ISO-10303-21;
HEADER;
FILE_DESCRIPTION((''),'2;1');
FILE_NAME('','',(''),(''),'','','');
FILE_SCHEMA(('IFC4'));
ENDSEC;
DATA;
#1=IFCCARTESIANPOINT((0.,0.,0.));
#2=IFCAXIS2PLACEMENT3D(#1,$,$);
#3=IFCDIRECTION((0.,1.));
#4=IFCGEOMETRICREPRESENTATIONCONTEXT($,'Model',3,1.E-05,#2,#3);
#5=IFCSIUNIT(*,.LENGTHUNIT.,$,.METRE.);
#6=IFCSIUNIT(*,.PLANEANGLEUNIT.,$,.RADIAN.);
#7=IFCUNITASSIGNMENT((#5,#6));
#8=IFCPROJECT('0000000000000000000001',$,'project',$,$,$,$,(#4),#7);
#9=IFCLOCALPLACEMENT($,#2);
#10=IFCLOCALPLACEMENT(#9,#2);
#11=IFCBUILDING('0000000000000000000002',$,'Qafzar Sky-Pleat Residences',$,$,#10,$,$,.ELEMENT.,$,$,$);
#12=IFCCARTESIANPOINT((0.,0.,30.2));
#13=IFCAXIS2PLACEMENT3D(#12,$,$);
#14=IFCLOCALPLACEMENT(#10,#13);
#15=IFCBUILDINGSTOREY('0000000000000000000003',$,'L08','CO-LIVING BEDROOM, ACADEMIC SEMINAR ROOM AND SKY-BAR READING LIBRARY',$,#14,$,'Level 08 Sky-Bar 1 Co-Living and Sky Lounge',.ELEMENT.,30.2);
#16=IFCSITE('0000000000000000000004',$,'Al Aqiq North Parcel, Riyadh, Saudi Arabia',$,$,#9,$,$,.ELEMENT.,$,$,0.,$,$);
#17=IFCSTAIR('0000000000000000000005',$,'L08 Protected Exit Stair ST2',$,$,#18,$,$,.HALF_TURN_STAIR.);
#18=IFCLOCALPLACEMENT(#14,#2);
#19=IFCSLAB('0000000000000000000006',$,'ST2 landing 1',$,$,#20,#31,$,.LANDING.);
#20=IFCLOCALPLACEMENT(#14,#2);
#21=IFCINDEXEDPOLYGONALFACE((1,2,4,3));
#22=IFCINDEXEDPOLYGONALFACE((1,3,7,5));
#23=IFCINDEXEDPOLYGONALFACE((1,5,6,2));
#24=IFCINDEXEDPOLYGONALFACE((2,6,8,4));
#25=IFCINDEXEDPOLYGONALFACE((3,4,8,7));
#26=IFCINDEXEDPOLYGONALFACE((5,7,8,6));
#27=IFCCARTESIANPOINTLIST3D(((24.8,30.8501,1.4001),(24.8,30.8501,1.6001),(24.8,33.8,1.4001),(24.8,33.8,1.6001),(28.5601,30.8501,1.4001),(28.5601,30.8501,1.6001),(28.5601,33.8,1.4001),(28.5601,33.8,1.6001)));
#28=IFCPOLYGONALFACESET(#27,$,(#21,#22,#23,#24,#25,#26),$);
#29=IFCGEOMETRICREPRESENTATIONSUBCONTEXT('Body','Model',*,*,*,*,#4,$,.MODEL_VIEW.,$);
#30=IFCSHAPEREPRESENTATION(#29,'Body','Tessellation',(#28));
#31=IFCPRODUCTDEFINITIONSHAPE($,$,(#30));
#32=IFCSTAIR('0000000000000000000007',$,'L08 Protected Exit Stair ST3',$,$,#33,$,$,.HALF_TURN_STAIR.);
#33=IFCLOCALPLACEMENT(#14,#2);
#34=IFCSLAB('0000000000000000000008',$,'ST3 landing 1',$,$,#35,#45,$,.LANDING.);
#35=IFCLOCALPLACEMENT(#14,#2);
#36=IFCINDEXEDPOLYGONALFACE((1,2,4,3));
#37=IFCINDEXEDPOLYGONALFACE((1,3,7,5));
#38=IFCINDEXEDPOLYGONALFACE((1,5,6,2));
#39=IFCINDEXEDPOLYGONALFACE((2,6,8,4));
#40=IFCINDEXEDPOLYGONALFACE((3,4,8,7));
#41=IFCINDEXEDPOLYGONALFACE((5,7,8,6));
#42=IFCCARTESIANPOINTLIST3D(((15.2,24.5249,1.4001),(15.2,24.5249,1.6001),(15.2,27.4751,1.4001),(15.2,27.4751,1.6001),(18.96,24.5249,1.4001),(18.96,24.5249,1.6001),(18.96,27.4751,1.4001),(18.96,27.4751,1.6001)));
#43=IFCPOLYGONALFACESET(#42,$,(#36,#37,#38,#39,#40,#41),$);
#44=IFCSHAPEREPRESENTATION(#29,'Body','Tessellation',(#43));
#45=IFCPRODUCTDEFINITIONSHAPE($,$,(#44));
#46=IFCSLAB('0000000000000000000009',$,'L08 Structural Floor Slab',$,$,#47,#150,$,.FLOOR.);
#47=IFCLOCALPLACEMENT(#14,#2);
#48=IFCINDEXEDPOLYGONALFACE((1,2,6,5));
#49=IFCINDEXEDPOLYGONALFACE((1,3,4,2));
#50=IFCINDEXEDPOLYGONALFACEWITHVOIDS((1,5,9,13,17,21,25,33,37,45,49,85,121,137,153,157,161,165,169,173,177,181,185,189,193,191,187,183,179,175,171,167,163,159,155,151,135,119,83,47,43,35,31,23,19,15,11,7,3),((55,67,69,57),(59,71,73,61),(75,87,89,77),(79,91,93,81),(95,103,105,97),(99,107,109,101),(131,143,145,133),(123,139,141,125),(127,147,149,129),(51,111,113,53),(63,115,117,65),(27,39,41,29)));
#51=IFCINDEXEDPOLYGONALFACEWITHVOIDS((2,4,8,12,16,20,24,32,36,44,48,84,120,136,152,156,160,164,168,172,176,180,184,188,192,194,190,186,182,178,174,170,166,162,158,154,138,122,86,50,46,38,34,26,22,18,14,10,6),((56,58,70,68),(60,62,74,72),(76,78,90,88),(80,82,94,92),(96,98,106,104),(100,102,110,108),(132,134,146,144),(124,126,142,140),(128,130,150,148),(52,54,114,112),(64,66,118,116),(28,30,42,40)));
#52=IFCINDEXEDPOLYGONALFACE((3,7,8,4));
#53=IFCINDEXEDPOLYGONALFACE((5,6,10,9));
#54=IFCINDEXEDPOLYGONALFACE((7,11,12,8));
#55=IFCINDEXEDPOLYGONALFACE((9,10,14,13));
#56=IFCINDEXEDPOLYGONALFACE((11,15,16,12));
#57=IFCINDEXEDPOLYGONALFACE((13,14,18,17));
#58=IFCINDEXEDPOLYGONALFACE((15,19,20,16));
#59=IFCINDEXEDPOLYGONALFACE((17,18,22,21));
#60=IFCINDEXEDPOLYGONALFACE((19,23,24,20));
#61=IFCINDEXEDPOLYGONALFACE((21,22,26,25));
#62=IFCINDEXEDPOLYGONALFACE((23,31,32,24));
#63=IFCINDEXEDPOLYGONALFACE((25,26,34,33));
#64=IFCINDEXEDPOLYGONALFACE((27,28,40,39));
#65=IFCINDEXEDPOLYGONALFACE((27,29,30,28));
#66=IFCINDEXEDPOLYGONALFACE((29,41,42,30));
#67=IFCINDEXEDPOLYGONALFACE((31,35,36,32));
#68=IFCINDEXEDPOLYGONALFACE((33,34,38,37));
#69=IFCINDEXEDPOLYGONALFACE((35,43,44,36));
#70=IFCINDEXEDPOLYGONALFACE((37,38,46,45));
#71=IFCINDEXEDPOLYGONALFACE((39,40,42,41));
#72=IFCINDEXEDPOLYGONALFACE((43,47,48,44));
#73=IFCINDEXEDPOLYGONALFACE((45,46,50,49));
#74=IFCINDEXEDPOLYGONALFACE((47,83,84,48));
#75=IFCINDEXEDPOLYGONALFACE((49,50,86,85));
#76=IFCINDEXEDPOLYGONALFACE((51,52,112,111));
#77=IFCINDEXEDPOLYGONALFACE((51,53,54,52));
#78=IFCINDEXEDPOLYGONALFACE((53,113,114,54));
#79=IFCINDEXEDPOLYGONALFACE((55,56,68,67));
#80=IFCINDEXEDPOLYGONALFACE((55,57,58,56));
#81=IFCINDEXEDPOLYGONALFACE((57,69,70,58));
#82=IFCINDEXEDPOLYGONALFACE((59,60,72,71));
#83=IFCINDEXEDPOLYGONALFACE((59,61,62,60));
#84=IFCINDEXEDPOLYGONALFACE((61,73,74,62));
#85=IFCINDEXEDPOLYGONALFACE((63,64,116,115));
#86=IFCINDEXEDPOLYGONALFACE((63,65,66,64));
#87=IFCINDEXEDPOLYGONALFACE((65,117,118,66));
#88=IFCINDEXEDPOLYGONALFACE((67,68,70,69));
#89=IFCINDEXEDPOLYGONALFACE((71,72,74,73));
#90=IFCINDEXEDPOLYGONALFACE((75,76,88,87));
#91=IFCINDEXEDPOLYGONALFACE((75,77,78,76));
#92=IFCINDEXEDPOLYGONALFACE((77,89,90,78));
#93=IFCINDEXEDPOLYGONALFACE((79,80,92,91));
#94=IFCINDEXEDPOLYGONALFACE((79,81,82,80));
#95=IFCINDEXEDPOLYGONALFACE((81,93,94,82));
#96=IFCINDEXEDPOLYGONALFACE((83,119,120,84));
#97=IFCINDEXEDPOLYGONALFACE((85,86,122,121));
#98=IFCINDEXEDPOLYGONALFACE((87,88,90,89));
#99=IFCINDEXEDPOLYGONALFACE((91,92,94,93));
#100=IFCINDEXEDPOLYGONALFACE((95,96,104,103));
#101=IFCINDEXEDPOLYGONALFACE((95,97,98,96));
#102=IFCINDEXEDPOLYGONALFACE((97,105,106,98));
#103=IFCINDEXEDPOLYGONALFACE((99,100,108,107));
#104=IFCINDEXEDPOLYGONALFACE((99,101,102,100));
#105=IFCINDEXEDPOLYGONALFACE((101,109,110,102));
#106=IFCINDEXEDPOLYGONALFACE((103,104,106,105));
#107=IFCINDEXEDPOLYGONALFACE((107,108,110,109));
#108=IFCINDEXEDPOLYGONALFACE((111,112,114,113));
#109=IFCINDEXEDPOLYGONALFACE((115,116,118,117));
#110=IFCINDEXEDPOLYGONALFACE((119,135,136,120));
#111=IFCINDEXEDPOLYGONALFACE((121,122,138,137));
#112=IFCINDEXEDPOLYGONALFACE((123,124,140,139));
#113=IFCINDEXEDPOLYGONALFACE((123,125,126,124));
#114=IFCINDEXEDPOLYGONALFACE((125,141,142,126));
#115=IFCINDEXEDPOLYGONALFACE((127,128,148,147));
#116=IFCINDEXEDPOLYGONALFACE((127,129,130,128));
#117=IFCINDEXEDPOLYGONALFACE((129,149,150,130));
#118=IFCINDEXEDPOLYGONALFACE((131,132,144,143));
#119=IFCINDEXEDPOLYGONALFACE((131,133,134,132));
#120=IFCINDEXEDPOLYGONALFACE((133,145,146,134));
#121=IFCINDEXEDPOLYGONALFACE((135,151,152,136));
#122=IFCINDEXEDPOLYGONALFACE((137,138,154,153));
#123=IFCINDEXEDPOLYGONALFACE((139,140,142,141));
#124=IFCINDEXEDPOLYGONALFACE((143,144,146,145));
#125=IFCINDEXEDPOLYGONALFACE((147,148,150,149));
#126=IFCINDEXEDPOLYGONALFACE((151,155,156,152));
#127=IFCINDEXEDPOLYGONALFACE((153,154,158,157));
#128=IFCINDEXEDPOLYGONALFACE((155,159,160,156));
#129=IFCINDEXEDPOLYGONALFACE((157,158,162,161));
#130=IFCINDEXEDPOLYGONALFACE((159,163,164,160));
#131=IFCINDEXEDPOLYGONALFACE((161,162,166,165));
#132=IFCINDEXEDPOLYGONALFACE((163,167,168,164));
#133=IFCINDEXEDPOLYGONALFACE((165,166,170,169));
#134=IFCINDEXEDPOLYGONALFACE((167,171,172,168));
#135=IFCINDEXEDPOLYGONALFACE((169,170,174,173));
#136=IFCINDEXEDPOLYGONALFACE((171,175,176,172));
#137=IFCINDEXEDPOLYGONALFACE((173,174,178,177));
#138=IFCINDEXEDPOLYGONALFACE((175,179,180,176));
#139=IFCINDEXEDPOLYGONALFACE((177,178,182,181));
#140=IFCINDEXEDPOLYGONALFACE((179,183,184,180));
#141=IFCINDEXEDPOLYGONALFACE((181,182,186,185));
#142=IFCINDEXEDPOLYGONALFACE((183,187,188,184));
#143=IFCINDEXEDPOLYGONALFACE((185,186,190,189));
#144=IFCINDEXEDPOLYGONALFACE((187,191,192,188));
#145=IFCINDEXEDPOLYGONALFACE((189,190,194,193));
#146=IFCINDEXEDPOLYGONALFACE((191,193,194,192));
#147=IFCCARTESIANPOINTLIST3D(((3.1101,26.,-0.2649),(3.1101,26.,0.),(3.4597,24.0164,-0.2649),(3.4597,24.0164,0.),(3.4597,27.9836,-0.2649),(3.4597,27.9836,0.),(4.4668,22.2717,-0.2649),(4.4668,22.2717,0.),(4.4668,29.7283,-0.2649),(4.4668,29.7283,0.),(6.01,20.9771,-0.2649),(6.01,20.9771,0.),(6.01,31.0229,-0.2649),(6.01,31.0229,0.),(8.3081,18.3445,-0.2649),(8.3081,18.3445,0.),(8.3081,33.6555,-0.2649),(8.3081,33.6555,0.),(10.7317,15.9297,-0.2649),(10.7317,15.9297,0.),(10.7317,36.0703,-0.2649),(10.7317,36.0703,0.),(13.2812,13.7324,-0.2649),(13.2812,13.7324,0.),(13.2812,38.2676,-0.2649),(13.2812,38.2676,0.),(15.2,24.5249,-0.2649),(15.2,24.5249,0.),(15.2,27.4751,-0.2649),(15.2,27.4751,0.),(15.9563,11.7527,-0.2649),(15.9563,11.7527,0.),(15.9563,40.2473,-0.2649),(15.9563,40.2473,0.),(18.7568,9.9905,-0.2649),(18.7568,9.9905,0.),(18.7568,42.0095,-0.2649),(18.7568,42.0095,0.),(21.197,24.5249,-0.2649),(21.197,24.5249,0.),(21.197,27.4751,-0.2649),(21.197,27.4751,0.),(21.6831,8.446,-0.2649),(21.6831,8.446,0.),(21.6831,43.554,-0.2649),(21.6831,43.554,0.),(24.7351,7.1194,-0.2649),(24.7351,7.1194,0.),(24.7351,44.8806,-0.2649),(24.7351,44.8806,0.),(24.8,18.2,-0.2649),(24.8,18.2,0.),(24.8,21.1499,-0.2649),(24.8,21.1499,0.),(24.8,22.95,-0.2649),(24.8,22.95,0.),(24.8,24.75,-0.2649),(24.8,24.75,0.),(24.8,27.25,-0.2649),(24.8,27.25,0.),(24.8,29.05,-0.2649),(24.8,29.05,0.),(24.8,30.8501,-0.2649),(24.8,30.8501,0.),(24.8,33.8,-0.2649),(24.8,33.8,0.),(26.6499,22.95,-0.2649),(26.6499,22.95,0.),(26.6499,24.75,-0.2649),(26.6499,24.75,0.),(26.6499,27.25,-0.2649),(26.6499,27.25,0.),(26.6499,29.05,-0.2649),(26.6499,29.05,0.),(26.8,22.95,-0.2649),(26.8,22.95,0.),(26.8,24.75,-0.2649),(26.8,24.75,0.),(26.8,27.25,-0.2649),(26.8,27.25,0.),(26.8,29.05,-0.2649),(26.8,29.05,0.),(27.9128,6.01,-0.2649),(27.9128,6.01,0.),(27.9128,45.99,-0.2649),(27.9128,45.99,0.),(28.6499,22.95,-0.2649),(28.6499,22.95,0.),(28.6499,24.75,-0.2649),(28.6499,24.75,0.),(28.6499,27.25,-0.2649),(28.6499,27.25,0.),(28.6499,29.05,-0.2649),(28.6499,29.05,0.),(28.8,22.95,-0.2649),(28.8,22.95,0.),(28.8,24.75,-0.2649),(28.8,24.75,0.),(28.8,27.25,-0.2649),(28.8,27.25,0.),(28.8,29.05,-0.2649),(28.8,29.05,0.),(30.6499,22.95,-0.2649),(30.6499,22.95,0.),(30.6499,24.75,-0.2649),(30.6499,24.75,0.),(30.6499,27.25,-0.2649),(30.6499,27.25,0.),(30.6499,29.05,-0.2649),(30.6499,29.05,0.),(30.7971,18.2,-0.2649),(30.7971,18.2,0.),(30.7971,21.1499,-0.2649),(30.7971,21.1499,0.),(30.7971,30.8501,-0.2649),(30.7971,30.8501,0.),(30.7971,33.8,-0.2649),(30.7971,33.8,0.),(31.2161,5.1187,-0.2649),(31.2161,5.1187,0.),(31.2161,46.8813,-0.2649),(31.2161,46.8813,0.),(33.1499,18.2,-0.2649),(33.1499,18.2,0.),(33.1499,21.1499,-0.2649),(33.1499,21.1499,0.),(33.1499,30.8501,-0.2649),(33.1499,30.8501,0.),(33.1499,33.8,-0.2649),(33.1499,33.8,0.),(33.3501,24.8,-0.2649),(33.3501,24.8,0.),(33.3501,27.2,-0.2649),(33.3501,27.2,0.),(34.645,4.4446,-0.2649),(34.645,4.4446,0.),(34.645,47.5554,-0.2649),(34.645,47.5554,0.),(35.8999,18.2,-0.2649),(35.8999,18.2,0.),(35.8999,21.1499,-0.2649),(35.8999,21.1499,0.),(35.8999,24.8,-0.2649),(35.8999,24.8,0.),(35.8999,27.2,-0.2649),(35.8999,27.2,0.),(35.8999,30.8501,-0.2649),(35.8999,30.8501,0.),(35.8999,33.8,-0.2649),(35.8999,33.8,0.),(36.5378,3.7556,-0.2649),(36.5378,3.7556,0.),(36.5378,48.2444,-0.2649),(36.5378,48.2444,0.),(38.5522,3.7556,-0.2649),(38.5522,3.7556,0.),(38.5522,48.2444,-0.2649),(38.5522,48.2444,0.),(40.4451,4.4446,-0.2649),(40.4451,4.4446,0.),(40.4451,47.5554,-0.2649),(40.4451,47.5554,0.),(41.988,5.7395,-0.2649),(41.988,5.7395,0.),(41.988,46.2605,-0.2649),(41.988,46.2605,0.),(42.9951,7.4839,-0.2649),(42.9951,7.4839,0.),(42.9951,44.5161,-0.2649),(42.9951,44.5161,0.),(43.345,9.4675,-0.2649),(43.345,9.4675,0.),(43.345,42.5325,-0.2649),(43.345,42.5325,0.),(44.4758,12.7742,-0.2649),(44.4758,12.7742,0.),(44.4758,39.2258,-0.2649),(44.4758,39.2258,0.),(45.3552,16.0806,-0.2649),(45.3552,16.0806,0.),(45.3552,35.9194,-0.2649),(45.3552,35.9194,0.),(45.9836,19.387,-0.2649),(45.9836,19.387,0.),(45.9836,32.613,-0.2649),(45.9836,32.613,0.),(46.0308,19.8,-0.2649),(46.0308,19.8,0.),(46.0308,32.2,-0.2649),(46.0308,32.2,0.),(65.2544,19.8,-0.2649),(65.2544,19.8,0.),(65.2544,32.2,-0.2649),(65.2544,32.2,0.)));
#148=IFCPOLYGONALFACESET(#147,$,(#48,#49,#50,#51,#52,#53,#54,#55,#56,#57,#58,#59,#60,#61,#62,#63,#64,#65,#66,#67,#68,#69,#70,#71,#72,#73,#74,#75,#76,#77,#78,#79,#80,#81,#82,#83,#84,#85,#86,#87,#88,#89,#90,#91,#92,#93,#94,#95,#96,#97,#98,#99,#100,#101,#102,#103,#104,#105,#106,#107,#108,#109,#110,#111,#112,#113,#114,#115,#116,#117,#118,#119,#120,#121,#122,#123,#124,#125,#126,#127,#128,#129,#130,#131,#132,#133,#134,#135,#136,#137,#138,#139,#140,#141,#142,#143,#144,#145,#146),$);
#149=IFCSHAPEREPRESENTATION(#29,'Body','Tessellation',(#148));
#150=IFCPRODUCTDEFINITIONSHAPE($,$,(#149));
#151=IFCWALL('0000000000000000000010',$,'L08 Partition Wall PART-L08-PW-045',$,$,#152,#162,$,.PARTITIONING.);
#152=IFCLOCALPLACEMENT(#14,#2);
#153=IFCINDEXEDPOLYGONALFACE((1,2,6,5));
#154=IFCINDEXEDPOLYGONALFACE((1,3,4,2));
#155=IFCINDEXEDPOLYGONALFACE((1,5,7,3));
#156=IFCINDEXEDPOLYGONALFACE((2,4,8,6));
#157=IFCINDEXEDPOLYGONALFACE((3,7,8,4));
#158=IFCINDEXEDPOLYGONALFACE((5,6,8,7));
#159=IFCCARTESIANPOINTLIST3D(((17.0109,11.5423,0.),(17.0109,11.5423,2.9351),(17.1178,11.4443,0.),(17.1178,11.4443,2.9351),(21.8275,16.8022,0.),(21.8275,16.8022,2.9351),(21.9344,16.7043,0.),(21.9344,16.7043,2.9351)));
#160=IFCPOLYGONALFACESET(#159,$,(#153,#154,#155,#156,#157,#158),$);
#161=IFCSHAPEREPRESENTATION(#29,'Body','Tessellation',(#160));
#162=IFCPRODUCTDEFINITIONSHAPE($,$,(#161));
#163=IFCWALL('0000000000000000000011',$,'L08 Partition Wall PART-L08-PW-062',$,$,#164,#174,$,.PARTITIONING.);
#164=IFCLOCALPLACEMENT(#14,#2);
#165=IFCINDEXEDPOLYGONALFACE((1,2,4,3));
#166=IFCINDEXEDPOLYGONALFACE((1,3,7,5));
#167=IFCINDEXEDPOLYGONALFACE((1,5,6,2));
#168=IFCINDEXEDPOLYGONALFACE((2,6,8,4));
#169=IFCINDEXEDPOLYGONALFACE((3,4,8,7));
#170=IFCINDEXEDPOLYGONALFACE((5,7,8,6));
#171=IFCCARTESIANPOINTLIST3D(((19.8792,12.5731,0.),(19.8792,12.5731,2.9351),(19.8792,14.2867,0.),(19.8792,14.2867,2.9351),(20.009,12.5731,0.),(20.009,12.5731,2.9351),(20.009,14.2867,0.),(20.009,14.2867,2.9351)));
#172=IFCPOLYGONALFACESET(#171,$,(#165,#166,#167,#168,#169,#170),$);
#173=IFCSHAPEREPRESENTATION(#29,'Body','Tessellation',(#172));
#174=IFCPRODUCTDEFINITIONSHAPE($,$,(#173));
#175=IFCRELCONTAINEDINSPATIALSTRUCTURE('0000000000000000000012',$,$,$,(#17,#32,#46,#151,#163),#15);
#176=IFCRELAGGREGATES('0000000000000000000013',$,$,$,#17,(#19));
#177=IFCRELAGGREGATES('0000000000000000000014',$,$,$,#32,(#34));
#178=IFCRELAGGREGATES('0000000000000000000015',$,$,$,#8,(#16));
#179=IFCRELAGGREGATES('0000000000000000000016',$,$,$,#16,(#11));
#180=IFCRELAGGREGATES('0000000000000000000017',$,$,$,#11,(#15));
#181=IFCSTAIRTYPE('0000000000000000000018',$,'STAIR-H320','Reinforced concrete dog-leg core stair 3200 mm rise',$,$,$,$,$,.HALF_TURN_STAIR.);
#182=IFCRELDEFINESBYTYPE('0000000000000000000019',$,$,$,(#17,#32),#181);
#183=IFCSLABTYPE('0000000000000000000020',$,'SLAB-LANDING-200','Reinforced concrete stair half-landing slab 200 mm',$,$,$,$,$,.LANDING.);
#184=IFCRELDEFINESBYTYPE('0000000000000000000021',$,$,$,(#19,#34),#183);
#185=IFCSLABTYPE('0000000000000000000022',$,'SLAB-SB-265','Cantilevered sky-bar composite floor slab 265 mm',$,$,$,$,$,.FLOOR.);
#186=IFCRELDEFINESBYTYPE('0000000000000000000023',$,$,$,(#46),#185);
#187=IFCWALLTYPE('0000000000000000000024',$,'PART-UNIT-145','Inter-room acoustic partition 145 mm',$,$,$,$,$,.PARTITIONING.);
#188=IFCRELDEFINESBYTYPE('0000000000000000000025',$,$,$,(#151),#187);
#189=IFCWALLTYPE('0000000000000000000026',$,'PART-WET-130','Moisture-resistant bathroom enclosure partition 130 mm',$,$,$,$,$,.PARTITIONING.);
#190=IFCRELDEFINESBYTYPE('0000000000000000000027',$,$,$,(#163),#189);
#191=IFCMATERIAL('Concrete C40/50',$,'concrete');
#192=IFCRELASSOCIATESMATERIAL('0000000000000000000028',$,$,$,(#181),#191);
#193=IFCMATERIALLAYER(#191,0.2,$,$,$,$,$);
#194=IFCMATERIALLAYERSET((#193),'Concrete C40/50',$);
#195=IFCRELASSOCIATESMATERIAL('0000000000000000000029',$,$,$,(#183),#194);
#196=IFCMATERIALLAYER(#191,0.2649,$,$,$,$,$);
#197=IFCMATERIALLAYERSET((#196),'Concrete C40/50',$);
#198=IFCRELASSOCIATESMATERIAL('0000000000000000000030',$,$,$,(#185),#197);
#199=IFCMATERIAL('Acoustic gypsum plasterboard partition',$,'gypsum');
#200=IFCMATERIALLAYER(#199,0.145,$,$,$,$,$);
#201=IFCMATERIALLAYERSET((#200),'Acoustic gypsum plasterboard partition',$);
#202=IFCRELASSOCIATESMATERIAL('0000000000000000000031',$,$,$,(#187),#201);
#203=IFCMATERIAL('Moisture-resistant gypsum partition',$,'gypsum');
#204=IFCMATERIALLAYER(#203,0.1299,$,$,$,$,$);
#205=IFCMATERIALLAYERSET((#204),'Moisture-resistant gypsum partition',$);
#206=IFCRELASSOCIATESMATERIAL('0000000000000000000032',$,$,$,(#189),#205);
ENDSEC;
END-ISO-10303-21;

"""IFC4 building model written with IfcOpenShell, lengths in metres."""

from ifc_helpers import new_model, si_unit, direction, frame, frame_2d, origin, place, context, subcontext, project, spatial, polyline, rectangle, outline, extrude, material, layer, layer_set, type_object, element, aggregate, save


model = new_model("IFC4")

# Units and contexts
model_context = context("Model", 3, precision=1e-05, world=origin(), true_north=direction((0.0, 1.0)))
body_context = subcontext(model_context, "Body", "Model", "MODEL_VIEW")
ifc_project = project(units=[si_unit("LENGTHUNIT", "METRE"), si_unit("PLANEANGLEUNIT", "RADIAN")], contexts=[model_context])

# Site, building, storey
site_placement = place(None, origin())
site = spatial("IfcSite", under=ifc_project, at=site_placement, Name="Al Aqiq North Parcel, Riyadh, Saudi Arabia", CompositionType="ELEMENT", RefElevation=0.0)
building_placement = place(site_placement, origin())
building = spatial("IfcBuilding", under=site, at=building_placement, Name="Qafzar Sky-Pleat Residences", CompositionType="ELEMENT")
storey_placement = place(building_placement, frame((0.0, 0.0, 30.2)))
storey = spatial("IfcBuildingStorey", under=building, at=storey_placement, Name="L08", Description="CO-LIVING BEDROOM, ACADEMIC SEMINAR ROOM AND SKY-BAR READING LIBRARY", LongName="Level 08 Sky-Bar 1 Co-Living and Sky Lounge", CompositionType="ELEMENT", Elevation=30.2)

# Shared definitions
ifc_material_1 = material(Name="Concrete C40/50", Category="concrete")

# Stairs, slabs
stair_type = type_object("IfcStairType", Name="STAIR-H320", Description="Reinforced concrete dog-leg core stair 3200 mm rise", PredefinedType="HALF_TURN_STAIR", material=ifc_material_1)
ifc_layer_1 = layer(ifc_material_1, 0.2)
ifc_layer_set_1 = layer_set([ifc_layer_1], Name="Concrete C40/50")
slab_type_1 = type_object("IfcSlabType", Name="SLAB-LANDING-200", Description="Reinforced concrete stair half-landing slab 200 mm", PredefinedType="LANDING", material=ifc_layer_set_1)
stair_1_placement = place(storey_placement, origin())
stair_1 = element("IfcStair", 1, at=stair_1_placement, inside=storey, type_object=stair_type, Name="L08 Protected Exit Stair ST2", PredefinedType="HALF_TURN_STAIR")
slab_1_placement = place(storey_placement, frame((0.0, 0.0, 1.4001)))
slab_1 = element("IfcSlab", 2, at=slab_1_placement, type_object=slab_type_1, Name="ST2 landing 1", PredefinedType="LANDING", context=body_context, shape_type="SweptSolid", body=[
    extrude(outline(polyline([(28.5601, 33.8), (24.8, 33.8), (24.8, 30.8501), (28.5601, 30.8501), (28.5601, 33.8)])), origin(), (0.0, 0.0, 1.0), 0.2),
])
aggregate(stair_1, [slab_1])
stair_2_placement = place(storey_placement, origin())
stair_2 = element("IfcStair", 3, at=stair_2_placement, inside=storey, type_object=stair_type, Name="L08 Protected Exit Stair ST3", PredefinedType="HALF_TURN_STAIR")
slab_2_placement = place(storey_placement, frame((0.0, 0.0, 1.4001)))
slab_2 = element("IfcSlab", 4, at=slab_2_placement, type_object=slab_type_1, Name="ST3 landing 1", PredefinedType="LANDING", context=body_context, shape_type="SweptSolid", body=[
    extrude(outline(polyline([(18.96, 27.4751), (15.2, 27.4751), (15.2, 24.5249), (18.96, 24.5249), (18.96, 27.4751)])), origin(), (0.0, 0.0, 1.0), 0.2),
])
aggregate(stair_2, [slab_2])

# Slab
ifc_layer_2 = layer(ifc_material_1, 0.2649)
ifc_layer_set_2 = layer_set([ifc_layer_2], Name="Concrete C40/50")
slab_type_2 = type_object("IfcSlabType", Name="SLAB-SB-265", Description="Cantilevered sky-bar composite floor slab 265 mm", PredefinedType="FLOOR", material=ifc_layer_set_2)
slab_3_placement = place(storey_placement, frame((0.0, 0.0, -0.2649)))
element("IfcSlab", 5, at=slab_3_placement, inside=storey, type_object=slab_type_2, Name="L08 Structural Floor Slab", PredefinedType="FLOOR", context=body_context, shape_type="SweptSolid", body=[
    extrude(outline(polyline([(45.9836, 19.387), (45.3552, 16.0806), (44.4758, 12.7742), (43.345, 9.4675), (42.9951, 7.4839), (41.988, 5.7395), (40.4451, 4.4446), (38.5522, 3.7556), (36.5378, 3.7556), (34.645, 4.4446), (31.2161, 5.1187), (27.9128, 6.01), (24.7351, 7.1194), (21.6831, 8.446), (18.7568, 9.9905), (15.9563, 11.7527), (13.2812, 13.7324), (10.7317, 15.9297), (8.3081, 18.3445), (6.01, 20.9771), (4.4668, 22.2717), (3.4597, 24.0164), (3.1101, 26.0), (3.4597, 27.9836), (4.4668, 29.7283), (6.01, 31.0229), (8.3081, 33.6555), (10.7317, 36.0703), (13.2812, 38.2676), (15.9563, 40.2473), (18.7568, 42.0095), (21.6831, 43.554), (24.7351, 44.8806), (27.9128, 45.99), (31.2161, 46.8813), (34.645, 47.5554), (36.5378, 48.2444), (38.5522, 48.2444), (40.4451, 47.5554), (41.988, 46.2605), (42.9951, 44.5161), (43.345, 42.5325), (44.4758, 39.2258), (45.3552, 35.9194), (45.9836, 32.613), (46.0308, 32.2), (65.2544, 32.2), (65.2544, 19.8), (46.0308, 19.8), (45.9836, 19.387)]), holes=[polyline([(30.7971, 21.1499), (24.8, 21.1499), (24.8, 18.2), (30.7971, 18.2), (30.7971, 21.1499)]), polyline([(30.7971, 33.8), (24.8, 33.8), (24.8, 30.8501), (30.7971, 30.8501), (30.7971, 33.8)]), polyline([(21.197, 27.4751), (15.2, 27.4751), (15.2, 24.5249), (21.197, 24.5249), (21.197, 27.4751)]), polyline([(24.8, 22.95), (26.6499, 22.95), (26.6499, 24.75), (24.8, 24.75), (24.8, 22.95)]), polyline([(26.8, 22.95), (28.6499, 22.95), (28.6499, 24.75), (26.8, 24.75), (26.8, 22.95)]), polyline([(28.8, 22.95), (30.6499, 22.95), (30.6499, 24.75), (28.8, 24.75), (28.8, 22.95)]), polyline([(24.8, 27.25), (26.6499, 27.25), (26.6499, 29.05), (24.8, 29.05), (24.8, 27.25)]), polyline([(26.8, 27.25), (28.6499, 27.25), (28.6499, 29.05), (26.8, 29.05), (26.8, 27.25)]), polyline([(28.8, 27.25), (30.6499, 27.25), (30.6499, 29.05), (28.8, 29.05), (28.8, 27.25)]), polyline([(33.1499, 18.2), (35.8999, 18.2), (35.8999, 21.1499), (33.1499, 21.1499), (33.1499, 18.2)]), polyline([(33.1499, 30.8501), (35.8999, 30.8501), (35.8999, 33.8), (33.1499, 33.8), (33.1499, 30.8501)]), polyline([(33.3501, 24.8), (35.8999, 24.8), (35.8999, 27.2), (33.3501, 27.2), (33.3501, 24.8)])]), origin(), (0.0, 0.0, 1.0), 0.2649),
])

# Walls
ifc_material_2 = material(Name="Acoustic gypsum plasterboard partition", Category="gypsum")
ifc_layer_3 = layer(ifc_material_2, 0.145)
ifc_layer_set_3 = layer_set([ifc_layer_3], Name="Acoustic gypsum plasterboard partition")
wall_type_1 = type_object("IfcWallType", Name="PART-UNIT-145", Description="Inter-room acoustic partition 145 mm", PredefinedType="PARTITIONING", material=ifc_layer_set_3)
wall_1_placement = place(storey_placement, frame((17.0645, 11.4934, 0.0), z_axis=(0.0, 0.0, 1.0), x_axis=(0.675342, 0.737505, 0.0)))
element("IfcWall", 6, at=wall_1_placement, inside=storey, type_object=wall_type_1, Name="L08 Partition Wall PART-L08-PW-045", PredefinedType="PARTITIONING", context=body_context, shape_type="SweptSolid", body=[
    extrude(rectangle(XDim=7.1321, YDim=0.145, at=frame_2d((3.5659, 0.0))), origin(), (0.0, 0.0, 1.0), 2.9351),
])
ifc_material_3 = material(Name="Moisture-resistant gypsum partition", Category="gypsum")
ifc_layer_4 = layer(ifc_material_3, 0.1299)
ifc_layer_set_4 = layer_set([ifc_layer_4], Name="Moisture-resistant gypsum partition")
wall_type_2 = type_object("IfcWallType", Name="PART-WET-130", Description="Moisture-resistant bathroom enclosure partition 130 mm", PredefinedType="PARTITIONING", material=ifc_layer_set_4)
wall_2_placement = place(storey_placement, frame((19.9441, 12.573, 0.0), z_axis=(0.0, 0.0, 1.0), x_axis=(0.0, 1.0, 0.0)))
element("IfcWall", 7, at=wall_2_placement, inside=storey, type_object=wall_type_2, Name="L08 Partition Wall PART-L08-PW-062", PredefinedType="PARTITIONING", context=body_context, shape_type="SweptSolid", body=[
    extrude(rectangle(XDim=1.7136, YDim=0.1299, at=frame_2d((0.8569, 0.0))), origin(), (0.0, 0.0, 1.0), 2.9351),
])

save(model, "model.ifc")
